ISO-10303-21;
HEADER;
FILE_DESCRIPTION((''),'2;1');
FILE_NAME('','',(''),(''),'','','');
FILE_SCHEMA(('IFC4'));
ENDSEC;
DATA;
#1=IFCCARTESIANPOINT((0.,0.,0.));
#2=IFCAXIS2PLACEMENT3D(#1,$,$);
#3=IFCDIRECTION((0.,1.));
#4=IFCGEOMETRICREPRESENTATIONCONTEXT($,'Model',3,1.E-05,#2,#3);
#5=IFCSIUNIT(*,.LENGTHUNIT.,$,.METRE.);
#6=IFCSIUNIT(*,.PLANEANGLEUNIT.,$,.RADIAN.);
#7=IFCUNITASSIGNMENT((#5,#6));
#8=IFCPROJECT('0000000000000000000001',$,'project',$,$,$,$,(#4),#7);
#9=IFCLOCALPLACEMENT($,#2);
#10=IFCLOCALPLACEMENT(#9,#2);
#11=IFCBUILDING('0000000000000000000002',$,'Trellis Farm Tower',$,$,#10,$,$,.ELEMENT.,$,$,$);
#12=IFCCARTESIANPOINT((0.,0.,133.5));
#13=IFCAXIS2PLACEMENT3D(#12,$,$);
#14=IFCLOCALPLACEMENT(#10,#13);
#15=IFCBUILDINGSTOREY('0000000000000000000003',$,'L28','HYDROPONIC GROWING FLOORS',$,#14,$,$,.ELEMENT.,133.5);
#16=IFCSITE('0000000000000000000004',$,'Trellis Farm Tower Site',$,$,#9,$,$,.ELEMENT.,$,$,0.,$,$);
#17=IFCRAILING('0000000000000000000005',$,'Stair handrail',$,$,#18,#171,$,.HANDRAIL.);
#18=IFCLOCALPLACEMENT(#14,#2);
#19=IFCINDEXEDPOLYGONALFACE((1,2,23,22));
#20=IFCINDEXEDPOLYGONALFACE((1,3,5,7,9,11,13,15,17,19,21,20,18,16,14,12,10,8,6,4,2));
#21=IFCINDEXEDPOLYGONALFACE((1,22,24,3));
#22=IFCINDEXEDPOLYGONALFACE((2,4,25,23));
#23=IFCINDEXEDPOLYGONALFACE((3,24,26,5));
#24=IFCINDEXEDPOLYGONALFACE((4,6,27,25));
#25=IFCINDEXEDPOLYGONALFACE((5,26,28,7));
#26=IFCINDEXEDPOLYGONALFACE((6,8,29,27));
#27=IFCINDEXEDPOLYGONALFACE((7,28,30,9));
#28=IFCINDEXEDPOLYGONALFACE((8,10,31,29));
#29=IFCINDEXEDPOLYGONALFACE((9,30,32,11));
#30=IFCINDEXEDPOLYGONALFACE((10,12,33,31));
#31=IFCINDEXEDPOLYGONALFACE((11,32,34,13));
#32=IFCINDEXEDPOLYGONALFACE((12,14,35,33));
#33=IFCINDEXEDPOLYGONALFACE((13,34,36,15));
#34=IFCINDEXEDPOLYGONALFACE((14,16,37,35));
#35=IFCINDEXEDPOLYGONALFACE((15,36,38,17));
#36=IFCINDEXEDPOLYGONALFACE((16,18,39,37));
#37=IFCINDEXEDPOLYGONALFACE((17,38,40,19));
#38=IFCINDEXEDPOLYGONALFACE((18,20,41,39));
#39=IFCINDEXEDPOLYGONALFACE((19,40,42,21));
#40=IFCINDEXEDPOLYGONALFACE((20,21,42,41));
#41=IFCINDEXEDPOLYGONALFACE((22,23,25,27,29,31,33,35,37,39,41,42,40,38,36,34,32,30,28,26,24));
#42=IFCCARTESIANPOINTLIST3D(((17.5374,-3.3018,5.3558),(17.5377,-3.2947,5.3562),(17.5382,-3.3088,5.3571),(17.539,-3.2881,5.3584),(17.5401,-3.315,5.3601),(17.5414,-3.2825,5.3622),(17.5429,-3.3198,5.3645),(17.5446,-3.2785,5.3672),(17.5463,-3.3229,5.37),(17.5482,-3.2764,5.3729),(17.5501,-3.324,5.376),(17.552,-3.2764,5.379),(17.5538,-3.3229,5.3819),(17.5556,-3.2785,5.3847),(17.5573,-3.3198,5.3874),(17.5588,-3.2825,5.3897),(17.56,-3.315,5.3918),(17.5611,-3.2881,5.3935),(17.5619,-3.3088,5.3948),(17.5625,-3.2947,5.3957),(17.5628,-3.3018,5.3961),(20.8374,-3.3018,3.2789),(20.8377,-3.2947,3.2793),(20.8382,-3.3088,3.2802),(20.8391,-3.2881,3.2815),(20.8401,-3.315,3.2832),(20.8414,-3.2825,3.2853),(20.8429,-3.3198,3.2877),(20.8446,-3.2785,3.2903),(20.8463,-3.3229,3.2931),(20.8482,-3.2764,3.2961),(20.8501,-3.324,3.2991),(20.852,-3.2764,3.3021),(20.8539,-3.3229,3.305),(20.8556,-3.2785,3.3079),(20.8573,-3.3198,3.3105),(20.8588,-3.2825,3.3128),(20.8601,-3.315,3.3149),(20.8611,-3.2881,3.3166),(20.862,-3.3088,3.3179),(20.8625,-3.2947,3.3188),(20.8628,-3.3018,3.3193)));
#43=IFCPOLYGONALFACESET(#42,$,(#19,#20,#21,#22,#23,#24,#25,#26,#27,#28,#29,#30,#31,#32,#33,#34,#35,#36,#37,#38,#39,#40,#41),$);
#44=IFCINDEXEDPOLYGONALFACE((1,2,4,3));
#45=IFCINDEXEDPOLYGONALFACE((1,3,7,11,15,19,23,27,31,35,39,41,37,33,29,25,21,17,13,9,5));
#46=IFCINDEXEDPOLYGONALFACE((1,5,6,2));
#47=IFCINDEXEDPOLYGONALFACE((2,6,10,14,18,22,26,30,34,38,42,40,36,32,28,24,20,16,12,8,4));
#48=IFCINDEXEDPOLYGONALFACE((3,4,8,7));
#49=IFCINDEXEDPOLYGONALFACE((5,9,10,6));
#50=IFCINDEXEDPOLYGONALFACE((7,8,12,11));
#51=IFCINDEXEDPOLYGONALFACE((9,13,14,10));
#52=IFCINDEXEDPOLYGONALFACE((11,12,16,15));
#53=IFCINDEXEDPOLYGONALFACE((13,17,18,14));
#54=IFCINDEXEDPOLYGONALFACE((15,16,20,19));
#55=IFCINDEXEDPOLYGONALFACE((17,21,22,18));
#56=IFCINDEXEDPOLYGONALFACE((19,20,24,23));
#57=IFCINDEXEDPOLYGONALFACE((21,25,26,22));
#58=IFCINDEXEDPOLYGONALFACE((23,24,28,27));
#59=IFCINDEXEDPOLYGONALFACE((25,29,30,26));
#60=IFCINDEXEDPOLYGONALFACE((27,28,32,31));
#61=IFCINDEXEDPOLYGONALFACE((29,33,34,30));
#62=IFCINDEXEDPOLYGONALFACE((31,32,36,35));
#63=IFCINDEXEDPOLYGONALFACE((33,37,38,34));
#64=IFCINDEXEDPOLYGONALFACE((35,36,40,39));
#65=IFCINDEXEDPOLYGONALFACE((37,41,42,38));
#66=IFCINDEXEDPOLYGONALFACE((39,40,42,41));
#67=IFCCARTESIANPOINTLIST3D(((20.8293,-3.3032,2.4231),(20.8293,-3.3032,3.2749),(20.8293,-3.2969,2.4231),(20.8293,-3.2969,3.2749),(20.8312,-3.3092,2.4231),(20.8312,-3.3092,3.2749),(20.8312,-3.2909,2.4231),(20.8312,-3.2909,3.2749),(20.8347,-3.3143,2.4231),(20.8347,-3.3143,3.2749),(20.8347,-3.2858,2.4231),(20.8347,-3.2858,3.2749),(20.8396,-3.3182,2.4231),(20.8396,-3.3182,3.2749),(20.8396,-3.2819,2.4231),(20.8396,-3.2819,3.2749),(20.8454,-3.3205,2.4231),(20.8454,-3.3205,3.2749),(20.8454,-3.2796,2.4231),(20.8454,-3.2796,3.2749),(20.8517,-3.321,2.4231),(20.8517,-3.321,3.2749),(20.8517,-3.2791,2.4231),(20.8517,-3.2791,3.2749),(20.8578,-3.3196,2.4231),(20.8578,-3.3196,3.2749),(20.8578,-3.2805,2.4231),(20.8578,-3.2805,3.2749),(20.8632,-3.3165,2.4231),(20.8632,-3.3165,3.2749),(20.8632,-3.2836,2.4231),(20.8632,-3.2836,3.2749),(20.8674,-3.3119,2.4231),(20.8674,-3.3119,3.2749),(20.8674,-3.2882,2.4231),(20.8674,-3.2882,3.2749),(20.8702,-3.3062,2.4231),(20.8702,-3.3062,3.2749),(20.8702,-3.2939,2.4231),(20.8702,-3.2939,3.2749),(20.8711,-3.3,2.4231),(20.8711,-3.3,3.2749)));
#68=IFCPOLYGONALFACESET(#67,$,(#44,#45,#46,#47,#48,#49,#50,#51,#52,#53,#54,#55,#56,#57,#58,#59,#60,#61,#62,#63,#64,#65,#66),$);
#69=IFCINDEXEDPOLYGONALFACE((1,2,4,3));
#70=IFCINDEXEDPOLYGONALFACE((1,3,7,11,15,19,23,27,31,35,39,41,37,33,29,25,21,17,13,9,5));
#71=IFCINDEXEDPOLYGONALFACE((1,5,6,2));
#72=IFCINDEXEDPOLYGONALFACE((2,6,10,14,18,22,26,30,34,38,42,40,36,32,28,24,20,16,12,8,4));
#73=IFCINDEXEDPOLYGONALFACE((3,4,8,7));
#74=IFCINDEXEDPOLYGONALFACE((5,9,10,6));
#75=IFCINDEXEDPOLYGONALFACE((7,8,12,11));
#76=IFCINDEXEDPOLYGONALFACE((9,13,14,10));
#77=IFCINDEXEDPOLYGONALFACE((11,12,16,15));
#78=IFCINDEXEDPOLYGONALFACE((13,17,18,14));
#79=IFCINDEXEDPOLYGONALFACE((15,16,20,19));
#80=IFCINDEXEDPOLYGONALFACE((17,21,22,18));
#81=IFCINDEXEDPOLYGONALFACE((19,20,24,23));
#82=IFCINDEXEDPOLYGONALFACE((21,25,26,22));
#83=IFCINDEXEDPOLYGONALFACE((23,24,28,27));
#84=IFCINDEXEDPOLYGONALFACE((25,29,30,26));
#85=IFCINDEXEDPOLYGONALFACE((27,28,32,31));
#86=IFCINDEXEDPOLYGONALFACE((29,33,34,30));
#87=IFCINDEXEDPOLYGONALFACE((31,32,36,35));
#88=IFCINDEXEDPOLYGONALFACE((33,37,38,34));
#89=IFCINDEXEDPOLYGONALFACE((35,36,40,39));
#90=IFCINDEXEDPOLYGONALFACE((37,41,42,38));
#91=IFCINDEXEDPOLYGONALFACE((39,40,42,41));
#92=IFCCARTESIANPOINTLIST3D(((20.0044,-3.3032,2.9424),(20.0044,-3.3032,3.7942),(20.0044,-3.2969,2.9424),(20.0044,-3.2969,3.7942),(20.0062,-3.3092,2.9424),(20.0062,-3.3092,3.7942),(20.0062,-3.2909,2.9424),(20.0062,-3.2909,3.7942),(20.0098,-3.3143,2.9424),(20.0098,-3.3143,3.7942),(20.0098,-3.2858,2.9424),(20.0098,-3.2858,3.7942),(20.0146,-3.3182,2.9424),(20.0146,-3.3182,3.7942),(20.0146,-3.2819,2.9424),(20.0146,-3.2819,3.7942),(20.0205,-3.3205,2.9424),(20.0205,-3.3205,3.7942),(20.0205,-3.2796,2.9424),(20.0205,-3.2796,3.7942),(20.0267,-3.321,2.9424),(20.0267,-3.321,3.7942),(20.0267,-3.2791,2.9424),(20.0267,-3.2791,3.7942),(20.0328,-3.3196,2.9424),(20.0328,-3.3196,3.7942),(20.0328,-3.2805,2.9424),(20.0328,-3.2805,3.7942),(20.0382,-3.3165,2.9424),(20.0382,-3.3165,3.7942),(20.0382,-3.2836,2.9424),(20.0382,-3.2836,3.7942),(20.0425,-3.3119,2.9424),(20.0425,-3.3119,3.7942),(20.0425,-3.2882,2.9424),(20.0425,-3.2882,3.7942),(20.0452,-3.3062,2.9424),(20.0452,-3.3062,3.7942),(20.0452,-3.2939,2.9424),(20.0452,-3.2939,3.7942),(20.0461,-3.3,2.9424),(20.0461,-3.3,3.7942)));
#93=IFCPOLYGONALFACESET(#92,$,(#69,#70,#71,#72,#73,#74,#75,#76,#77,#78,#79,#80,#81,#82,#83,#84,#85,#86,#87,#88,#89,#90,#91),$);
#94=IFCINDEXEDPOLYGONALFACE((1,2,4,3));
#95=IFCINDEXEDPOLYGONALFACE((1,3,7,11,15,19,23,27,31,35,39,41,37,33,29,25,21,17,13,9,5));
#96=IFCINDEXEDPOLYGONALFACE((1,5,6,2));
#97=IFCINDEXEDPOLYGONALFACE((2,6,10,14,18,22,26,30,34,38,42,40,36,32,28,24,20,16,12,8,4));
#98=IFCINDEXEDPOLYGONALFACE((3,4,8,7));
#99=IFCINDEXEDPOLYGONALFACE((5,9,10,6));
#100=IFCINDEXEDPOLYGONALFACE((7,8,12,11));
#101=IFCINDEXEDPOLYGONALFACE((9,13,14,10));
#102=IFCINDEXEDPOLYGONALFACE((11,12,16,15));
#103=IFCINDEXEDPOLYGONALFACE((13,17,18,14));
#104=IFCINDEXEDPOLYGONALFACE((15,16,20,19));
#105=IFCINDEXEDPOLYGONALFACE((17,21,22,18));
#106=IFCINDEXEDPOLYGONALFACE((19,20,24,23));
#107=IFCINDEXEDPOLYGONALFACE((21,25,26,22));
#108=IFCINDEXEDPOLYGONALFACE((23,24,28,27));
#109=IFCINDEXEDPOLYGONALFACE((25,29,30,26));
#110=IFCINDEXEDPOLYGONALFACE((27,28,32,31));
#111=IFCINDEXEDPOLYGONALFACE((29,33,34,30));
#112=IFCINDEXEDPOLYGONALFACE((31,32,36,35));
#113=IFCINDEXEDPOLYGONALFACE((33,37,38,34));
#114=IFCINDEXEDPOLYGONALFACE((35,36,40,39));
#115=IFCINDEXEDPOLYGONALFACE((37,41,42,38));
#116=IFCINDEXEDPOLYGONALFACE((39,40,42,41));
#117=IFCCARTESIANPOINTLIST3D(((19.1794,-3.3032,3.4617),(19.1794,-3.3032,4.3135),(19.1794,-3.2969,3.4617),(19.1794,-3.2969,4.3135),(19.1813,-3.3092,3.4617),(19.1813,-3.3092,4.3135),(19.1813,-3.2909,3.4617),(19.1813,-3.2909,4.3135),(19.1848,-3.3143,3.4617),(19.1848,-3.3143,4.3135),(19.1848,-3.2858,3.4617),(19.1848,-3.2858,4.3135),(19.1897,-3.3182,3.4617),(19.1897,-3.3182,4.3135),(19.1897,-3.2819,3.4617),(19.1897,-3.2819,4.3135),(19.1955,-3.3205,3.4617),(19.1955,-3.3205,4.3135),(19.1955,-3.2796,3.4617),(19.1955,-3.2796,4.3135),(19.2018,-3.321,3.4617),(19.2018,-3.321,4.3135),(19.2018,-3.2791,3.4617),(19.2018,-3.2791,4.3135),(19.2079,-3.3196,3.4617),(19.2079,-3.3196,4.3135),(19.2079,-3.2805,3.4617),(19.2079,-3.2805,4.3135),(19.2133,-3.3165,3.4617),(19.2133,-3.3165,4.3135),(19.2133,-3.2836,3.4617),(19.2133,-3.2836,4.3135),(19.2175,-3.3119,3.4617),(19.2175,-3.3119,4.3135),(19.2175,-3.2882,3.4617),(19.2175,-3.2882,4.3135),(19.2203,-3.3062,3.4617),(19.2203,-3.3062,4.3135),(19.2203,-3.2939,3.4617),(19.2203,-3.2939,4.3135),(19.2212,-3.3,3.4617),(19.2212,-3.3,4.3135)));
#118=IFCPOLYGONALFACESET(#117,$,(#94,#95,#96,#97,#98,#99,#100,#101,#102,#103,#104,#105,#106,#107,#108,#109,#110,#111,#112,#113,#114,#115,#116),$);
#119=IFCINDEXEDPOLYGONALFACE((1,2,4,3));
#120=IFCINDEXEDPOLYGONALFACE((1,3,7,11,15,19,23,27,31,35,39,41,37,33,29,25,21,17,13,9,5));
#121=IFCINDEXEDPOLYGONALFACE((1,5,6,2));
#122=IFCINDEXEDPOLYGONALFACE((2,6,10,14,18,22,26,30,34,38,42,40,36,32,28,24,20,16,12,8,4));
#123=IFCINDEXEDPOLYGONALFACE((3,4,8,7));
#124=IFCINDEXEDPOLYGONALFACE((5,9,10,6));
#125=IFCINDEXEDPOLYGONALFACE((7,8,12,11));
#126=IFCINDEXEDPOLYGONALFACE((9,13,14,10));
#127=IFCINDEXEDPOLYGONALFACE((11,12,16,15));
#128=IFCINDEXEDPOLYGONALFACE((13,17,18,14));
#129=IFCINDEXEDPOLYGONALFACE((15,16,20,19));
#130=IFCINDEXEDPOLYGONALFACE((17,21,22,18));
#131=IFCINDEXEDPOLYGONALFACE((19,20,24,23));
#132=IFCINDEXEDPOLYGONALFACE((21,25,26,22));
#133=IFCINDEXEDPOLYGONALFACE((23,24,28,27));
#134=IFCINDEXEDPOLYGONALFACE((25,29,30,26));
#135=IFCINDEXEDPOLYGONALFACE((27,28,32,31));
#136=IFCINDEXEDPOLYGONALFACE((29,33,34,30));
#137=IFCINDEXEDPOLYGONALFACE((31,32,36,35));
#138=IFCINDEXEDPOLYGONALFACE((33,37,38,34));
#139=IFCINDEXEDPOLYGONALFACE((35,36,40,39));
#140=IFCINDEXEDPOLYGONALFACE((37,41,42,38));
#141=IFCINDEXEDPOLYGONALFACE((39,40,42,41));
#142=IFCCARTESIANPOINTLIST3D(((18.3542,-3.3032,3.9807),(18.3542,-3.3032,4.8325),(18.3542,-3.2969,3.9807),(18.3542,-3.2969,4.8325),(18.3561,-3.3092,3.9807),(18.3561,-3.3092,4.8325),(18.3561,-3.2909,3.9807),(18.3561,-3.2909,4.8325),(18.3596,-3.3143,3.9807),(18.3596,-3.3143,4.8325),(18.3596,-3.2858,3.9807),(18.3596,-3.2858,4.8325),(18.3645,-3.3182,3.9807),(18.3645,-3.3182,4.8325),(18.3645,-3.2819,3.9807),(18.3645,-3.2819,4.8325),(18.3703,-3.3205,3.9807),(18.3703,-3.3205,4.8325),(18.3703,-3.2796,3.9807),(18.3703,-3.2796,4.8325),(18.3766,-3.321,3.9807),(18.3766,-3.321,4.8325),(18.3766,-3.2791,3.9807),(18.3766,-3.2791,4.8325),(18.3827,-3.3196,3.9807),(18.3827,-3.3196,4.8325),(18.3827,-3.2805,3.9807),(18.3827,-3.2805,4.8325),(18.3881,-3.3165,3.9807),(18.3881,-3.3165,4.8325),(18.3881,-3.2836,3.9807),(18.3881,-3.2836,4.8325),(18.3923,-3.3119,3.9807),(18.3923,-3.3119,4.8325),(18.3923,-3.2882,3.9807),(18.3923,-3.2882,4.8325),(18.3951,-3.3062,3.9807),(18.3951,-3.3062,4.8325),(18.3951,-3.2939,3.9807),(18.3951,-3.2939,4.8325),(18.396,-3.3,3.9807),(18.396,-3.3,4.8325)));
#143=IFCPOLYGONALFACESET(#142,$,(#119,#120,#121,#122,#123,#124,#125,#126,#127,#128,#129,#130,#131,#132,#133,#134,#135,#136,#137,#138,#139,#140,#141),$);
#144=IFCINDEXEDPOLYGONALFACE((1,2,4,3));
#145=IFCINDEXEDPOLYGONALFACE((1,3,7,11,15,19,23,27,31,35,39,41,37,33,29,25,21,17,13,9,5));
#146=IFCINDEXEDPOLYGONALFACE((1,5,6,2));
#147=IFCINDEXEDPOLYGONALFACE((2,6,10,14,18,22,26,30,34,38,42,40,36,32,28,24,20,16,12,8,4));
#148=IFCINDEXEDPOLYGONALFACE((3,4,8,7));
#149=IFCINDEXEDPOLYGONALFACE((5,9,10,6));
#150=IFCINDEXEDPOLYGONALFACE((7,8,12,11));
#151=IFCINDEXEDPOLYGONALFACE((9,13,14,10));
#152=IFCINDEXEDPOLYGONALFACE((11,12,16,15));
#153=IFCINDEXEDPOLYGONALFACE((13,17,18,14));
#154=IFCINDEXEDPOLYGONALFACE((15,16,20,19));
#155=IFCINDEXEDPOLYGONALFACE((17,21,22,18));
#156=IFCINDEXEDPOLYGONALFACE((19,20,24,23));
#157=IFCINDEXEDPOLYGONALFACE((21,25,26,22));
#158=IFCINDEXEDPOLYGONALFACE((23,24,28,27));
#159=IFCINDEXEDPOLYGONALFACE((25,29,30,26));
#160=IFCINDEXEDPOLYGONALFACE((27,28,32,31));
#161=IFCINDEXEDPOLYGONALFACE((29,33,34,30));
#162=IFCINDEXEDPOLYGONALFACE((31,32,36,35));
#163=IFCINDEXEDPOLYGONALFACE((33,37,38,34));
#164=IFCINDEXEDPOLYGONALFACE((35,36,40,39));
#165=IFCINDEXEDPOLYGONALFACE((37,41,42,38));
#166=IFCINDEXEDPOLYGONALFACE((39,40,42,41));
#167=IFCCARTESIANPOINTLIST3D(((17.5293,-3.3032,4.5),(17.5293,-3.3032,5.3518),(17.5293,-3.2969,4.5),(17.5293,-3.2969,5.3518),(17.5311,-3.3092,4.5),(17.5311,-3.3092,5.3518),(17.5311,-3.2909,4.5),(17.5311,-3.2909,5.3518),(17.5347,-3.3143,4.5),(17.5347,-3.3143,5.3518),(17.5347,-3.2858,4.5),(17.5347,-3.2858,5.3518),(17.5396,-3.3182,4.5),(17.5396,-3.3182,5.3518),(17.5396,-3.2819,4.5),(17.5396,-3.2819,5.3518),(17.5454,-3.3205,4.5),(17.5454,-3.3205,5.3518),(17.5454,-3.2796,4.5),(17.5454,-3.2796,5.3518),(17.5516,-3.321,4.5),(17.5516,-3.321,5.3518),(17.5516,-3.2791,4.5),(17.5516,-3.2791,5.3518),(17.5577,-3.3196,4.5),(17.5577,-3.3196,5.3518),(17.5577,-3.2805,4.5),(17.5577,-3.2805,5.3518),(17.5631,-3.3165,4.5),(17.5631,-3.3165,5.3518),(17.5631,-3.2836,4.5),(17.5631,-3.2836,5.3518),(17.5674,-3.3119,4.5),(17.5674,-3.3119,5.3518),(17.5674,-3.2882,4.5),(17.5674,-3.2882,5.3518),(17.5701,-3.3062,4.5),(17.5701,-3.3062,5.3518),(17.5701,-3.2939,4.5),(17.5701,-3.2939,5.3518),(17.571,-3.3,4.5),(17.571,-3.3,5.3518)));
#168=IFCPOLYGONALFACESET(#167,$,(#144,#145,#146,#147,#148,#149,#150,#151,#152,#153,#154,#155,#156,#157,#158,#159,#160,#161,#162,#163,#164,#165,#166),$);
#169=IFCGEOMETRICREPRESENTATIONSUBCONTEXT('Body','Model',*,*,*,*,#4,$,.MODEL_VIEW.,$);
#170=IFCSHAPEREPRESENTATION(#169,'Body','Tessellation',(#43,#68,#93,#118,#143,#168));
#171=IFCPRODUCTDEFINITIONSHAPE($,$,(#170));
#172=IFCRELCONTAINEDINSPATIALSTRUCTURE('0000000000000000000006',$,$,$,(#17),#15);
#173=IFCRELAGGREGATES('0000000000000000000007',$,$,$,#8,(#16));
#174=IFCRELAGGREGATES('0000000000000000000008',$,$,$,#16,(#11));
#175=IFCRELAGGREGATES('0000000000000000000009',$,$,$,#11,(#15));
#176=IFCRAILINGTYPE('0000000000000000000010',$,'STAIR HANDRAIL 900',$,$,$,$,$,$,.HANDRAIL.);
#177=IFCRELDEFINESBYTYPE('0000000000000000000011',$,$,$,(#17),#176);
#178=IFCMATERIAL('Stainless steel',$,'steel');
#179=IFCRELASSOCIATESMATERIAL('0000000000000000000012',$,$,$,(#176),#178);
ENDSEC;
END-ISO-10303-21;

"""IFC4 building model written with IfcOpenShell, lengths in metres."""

from ifc_helpers import new_model, si_unit, direction, frame, origin, origin_2d, place, context, subcontext, project, spatial, circle, extrude, source, transform, mapped, material, type_object, element, save


model = new_model("IFC4")

# Units and contexts
model_context = context("Model", 3, precision=1e-05, world=origin(), true_north=direction((0.0, 1.0)))
body_context = subcontext(model_context, "Body", "Model", "MODEL_VIEW")
ifc_project = project(units=[si_unit("LENGTHUNIT", "METRE"), si_unit("PLANEANGLEUNIT", "RADIAN")], contexts=[model_context])

# Site, building, storey
site_placement = place(None, origin())
site = spatial("IfcSite", under=ifc_project, at=site_placement, Name="Trellis Farm Tower Site", CompositionType="ELEMENT", RefElevation=0.0)
building_placement = place(site_placement, origin())
building = spatial("IfcBuilding", under=site, at=building_placement, Name="Trellis Farm Tower", CompositionType="ELEMENT")
storey_placement = place(building_placement, frame((0.0, 0.0, 133.5)))
storey = spatial("IfcBuildingStorey", under=building, at=storey_placement, Name="L28", Description="HYDROPONIC GROWING FLOORS", CompositionType="ELEMENT", Elevation=133.5)

# Shared definitions
ifc_material_1 = material(Name="Stainless steel", Category="steel")

# Railing
railing_type = type_object("IfcRailingType", Name="STAIR HANDRAIL 900", PredefinedType="HANDRAIL", material=ifc_material_1)
shared_shape_1 = source(origin(), body_context, "Body", "SweptSolid", [
    extrude(circle(Radius=0.0239, at=origin_2d()), frame((0.0, 0.0, 0.876), z_axis=(-0.846337, 0.0, 0.532647), x_axis=(0.0, -1.0, 0.0)), (0.0, 0.0, 1.0), 3.8992),
    extrude(circle(Radius=0.021, at=origin_2d()), origin(), (0.0, 0.0, 1.0), 0.8518),
    extrude(circle(Radius=0.021, at=origin_2d()), frame((-0.825, 0.0, 0.5193)), (0.0, 0.0, 1.0), 0.8518),
    extrude(circle(Radius=0.021, at=origin_2d()), frame((-1.6499, 0.0, 1.0386)), (0.0, 0.0, 1.0), 0.8518),
    extrude(circle(Radius=0.021, at=origin_2d()), frame((-2.4751, 0.0, 1.5576)), (0.0, 0.0, 1.0), 0.8518),
    extrude(circle(Radius=0.021, at=origin_2d()), frame((-3.3, 0.0, 2.0769)), (0.0, 0.0, 1.0), 0.8518),
])
for number, where, name in (
    (1, (20.8501, -3.3, 2.4231), "Stair handrail"),
):
    element("IfcRailing", number, at=place(storey_placement, frame(where)), inside=storey, type_object=railing_type, Name=name, PredefinedType="HANDRAIL", context=body_context, shape_type="MappedRepresentation", body=[
        mapped(shared_shape_1, transform((0.0, 0.0, 0.0))),
    ])

save(model, "model.ifc")
